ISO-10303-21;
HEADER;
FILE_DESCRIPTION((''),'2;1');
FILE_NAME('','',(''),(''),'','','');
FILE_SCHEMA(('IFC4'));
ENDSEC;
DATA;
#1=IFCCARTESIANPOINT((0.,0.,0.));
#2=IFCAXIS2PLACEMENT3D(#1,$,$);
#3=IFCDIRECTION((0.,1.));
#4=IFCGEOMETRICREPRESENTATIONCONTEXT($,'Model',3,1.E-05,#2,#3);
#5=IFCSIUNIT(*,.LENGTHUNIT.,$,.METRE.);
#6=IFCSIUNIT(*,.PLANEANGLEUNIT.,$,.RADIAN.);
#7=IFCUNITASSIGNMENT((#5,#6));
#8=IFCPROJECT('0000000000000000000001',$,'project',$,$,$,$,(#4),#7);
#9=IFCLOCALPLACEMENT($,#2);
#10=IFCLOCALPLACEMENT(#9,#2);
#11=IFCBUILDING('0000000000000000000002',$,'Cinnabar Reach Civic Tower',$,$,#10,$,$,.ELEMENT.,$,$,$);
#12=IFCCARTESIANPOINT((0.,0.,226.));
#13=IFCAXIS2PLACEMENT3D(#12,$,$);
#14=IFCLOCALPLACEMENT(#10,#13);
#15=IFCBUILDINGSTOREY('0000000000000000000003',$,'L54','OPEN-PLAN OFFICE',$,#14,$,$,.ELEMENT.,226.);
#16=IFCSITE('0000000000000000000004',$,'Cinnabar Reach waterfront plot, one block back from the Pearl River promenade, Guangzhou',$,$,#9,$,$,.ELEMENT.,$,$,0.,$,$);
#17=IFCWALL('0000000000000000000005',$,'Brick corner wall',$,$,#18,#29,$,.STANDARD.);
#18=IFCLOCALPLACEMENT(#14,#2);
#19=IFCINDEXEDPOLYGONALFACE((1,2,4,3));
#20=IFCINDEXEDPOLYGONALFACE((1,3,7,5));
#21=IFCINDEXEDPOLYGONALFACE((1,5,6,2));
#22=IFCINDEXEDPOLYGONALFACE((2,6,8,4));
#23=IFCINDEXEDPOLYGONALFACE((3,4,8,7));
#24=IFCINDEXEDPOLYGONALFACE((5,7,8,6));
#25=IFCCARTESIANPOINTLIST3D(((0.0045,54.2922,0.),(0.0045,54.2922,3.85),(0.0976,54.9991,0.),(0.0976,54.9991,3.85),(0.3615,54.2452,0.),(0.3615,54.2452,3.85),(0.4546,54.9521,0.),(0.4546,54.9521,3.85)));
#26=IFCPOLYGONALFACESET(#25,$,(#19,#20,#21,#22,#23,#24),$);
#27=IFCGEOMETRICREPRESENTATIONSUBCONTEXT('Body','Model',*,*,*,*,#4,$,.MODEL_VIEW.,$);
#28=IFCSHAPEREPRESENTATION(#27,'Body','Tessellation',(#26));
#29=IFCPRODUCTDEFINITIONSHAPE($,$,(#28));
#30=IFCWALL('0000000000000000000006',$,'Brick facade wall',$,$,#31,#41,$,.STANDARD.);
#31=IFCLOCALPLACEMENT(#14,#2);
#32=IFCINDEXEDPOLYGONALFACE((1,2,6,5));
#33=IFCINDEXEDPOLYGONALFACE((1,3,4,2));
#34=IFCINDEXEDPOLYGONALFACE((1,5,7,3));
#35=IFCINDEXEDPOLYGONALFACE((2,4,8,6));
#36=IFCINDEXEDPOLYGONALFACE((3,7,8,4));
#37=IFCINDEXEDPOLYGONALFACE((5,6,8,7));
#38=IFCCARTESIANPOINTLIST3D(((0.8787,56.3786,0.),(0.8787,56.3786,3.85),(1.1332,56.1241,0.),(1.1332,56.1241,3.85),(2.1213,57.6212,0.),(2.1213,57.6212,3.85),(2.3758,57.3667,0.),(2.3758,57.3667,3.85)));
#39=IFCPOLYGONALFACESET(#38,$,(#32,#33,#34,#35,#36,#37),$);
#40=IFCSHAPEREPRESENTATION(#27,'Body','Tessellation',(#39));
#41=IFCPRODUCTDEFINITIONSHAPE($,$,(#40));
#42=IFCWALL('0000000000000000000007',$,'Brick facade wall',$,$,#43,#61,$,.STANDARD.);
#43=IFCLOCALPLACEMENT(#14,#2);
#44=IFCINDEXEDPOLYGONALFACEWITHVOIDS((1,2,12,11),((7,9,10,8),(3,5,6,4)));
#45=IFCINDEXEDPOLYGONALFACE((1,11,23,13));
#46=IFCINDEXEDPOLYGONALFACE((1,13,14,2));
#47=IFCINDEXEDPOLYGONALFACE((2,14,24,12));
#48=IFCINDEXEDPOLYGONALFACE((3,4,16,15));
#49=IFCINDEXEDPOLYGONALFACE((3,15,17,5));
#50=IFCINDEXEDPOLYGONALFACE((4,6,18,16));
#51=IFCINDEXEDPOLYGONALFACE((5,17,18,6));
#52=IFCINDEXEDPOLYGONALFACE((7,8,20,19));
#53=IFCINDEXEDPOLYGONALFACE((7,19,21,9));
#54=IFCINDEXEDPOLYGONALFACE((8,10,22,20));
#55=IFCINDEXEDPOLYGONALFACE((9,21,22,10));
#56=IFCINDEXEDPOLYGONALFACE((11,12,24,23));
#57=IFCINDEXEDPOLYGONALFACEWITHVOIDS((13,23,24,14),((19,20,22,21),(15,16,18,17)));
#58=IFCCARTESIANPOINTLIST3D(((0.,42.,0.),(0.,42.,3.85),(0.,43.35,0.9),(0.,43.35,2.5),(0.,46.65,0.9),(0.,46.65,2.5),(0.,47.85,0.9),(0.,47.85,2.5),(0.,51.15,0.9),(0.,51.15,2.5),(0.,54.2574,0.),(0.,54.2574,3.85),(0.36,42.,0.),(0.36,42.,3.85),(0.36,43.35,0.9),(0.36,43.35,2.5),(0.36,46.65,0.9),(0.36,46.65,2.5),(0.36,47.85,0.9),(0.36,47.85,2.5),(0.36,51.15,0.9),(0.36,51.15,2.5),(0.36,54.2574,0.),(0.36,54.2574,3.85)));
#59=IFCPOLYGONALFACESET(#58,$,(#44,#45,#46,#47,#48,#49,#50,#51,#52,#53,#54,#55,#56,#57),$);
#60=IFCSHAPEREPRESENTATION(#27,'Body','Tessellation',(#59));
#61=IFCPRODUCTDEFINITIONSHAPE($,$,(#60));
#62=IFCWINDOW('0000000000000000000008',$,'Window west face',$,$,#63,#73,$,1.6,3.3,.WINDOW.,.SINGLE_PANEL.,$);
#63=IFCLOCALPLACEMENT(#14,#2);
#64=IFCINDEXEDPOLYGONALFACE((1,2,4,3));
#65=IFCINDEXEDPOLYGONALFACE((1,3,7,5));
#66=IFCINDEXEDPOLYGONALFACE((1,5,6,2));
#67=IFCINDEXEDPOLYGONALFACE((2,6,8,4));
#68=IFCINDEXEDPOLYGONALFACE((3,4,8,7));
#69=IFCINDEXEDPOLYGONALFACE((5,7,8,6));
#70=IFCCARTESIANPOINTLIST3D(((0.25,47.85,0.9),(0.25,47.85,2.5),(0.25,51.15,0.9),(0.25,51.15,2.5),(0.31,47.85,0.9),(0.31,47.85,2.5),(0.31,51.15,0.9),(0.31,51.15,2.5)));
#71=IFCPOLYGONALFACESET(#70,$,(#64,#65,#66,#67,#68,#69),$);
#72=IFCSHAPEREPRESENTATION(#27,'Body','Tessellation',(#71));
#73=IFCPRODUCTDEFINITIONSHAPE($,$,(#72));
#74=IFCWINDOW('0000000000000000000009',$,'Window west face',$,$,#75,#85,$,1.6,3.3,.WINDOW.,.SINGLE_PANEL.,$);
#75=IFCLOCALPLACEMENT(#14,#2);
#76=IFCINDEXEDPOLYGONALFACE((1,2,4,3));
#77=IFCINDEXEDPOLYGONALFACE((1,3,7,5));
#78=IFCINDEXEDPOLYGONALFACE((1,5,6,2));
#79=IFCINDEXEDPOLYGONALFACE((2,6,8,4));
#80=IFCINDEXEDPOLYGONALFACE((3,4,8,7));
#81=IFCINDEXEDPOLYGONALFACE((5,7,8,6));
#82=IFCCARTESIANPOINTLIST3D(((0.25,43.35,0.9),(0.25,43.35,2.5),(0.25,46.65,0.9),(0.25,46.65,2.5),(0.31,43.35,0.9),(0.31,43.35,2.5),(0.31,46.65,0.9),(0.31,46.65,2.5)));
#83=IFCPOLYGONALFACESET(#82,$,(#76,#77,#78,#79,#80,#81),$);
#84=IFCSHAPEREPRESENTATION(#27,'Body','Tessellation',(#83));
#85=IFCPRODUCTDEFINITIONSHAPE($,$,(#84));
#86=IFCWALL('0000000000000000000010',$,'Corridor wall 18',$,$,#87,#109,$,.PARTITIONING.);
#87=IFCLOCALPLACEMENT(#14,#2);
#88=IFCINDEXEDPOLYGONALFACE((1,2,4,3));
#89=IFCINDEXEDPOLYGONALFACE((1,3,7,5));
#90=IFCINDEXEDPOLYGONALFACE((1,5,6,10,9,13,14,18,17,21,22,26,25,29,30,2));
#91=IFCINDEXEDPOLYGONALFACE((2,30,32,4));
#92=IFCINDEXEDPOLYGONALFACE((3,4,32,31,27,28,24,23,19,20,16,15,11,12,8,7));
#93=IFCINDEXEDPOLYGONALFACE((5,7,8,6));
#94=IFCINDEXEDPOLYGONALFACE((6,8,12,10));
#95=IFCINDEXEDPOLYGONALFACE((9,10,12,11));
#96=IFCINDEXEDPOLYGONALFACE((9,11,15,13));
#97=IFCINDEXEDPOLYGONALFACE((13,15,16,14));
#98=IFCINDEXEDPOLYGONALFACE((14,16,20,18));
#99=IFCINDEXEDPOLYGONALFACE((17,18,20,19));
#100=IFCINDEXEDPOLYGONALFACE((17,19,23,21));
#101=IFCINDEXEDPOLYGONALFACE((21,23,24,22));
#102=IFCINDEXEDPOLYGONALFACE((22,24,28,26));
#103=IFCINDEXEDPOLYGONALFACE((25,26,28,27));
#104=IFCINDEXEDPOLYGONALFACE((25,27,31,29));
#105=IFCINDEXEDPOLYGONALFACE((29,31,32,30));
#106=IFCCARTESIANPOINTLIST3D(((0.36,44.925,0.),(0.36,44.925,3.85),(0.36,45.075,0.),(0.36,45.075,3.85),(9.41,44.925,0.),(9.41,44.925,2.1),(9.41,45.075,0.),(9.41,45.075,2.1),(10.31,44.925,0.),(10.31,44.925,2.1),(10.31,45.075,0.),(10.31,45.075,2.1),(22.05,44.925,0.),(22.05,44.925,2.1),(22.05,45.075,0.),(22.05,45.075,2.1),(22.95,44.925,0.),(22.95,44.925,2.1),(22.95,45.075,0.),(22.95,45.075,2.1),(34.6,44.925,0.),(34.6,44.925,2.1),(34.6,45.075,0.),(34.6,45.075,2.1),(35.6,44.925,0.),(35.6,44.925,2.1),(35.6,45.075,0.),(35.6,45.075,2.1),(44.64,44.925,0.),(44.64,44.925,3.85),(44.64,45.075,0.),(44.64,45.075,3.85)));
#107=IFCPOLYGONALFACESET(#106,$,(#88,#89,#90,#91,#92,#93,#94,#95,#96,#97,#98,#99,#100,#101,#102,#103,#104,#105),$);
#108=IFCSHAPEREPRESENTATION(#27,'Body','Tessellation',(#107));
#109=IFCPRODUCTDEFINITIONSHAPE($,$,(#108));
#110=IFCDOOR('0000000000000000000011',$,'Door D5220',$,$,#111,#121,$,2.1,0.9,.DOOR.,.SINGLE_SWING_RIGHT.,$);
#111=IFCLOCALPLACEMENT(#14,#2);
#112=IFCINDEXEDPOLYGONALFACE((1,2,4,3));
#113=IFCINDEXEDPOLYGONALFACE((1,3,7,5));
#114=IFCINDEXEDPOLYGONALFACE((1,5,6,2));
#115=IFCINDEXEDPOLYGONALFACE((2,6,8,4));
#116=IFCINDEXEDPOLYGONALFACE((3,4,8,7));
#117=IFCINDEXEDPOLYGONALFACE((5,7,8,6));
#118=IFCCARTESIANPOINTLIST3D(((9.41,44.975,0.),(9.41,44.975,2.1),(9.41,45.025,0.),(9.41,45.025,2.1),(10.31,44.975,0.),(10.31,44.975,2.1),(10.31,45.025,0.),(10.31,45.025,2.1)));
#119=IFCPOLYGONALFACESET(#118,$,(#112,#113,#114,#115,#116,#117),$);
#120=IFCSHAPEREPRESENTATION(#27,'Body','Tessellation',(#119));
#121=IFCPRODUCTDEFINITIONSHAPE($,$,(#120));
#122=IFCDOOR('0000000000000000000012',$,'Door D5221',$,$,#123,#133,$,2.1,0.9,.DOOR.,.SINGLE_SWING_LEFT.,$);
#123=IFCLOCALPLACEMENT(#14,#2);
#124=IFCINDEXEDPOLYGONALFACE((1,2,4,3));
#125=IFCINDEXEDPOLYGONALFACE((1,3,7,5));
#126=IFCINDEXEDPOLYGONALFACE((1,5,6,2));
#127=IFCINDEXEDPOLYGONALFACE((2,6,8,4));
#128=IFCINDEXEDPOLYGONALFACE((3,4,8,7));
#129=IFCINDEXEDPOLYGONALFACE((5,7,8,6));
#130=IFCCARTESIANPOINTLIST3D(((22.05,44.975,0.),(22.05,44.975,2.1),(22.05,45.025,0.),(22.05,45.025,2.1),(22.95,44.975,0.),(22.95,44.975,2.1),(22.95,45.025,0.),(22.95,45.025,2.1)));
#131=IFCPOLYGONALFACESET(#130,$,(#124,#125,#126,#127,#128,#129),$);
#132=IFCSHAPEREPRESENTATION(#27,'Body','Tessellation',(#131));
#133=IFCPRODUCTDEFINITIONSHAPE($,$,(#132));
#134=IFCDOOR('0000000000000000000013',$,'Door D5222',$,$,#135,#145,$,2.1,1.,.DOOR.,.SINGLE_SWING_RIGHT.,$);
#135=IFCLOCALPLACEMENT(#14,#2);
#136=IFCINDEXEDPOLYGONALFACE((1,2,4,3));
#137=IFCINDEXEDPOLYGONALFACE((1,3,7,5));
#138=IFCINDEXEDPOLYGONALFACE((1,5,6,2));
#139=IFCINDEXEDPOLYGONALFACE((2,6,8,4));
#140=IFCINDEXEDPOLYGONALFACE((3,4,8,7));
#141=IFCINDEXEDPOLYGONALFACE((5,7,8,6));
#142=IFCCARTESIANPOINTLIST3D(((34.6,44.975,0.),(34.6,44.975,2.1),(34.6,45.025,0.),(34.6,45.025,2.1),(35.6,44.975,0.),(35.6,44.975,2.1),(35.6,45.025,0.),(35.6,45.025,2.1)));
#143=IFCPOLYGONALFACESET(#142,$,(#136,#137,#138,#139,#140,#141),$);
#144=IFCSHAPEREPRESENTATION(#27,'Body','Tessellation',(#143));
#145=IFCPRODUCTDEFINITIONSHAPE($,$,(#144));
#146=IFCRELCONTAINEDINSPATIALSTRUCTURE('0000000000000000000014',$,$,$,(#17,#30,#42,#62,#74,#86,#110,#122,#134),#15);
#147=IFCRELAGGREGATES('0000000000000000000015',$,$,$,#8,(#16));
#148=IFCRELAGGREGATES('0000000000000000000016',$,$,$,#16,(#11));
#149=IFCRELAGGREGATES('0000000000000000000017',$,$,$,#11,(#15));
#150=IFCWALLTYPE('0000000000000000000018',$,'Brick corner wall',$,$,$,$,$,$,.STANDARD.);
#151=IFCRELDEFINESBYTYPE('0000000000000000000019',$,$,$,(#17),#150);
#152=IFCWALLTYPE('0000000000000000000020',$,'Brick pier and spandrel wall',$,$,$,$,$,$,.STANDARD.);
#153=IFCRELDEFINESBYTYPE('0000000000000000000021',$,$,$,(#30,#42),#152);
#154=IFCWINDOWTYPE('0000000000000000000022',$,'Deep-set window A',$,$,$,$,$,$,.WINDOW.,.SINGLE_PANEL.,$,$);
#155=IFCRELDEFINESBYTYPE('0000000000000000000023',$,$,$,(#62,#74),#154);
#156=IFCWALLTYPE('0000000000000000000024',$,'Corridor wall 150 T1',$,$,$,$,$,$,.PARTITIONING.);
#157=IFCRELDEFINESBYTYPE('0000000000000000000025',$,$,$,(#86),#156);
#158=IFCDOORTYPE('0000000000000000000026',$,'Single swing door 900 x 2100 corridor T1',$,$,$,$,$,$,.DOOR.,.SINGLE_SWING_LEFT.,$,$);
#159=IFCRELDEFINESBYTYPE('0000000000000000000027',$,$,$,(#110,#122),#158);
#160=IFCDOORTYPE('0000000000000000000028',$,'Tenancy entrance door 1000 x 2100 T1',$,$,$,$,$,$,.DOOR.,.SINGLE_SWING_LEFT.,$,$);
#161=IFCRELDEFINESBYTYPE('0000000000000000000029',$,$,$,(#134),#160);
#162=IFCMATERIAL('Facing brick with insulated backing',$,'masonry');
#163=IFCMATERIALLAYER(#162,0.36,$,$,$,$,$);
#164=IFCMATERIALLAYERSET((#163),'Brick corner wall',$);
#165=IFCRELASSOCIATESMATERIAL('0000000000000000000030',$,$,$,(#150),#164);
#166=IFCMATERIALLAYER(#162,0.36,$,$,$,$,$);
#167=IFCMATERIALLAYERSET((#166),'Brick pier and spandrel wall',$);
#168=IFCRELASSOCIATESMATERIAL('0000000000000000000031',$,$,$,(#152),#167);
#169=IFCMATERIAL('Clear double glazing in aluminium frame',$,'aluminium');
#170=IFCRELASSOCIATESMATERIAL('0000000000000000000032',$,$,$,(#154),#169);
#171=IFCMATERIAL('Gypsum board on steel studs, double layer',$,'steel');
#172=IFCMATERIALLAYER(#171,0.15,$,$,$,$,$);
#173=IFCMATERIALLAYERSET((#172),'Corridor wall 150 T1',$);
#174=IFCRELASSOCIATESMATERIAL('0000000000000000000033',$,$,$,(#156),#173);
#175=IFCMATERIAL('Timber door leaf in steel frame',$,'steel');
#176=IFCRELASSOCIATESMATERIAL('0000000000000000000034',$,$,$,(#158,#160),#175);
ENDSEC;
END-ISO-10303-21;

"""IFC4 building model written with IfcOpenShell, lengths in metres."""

from ifc_helpers import new_model, si_unit, direction, frame, frame_2d, origin, place, context, subcontext, project, spatial, rectangle, extrude, material, layer, layer_set, type_object, element, fill, save


model = new_model("IFC4")

# Units and contexts
model_context = context("Model", 3, precision=1e-05, world=origin(), true_north=direction((0.0, 1.0)))
body_context = subcontext(model_context, "Body", "Model", "MODEL_VIEW")
ifc_project = project(units=[si_unit("LENGTHUNIT", "METRE"), si_unit("PLANEANGLEUNIT", "RADIAN")], contexts=[model_context])

# Site, building, storey
site_placement = place(None, origin())
site = spatial("IfcSite", under=ifc_project, at=site_placement, Name="Cinnabar Reach waterfront plot, one block back from the Pearl River promenade, Guangzhou", CompositionType="ELEMENT", RefElevation=0.0)
building_placement = place(site_placement, origin())
building = spatial("IfcBuilding", under=site, at=building_placement, Name="Cinnabar Reach Civic Tower", CompositionType="ELEMENT")
storey_placement = place(building_placement, frame((0.0, 0.0, 226.0)))
storey = spatial("IfcBuildingStorey", under=building, at=storey_placement, Name="L54", Description="OPEN-PLAN OFFICE", CompositionType="ELEMENT", Elevation=226.0)

# Walls
ifc_material_1 = material(Name="Facing brick with insulated backing", Category="masonry")
ifc_layer_1 = layer(ifc_material_1, 0.36)
ifc_layer_set_1 = layer_set([ifc_layer_1], Name="Brick corner wall")
wall_type_1 = type_object("IfcWallType", Name="Brick corner wall", PredefinedType="STANDARD", material=ifc_layer_set_1)
for number, where, z_axis, x_axis, name in (
    (1, (0.2761, 54.9756, 0.0), (0.0, 0.0, 1.0), (-0.130556, -0.991441, 0.0), "Brick corner wall"),
):
    element("IfcWall", number, at=place(storey_placement, frame(where, z_axis=z_axis, x_axis=x_axis)), inside=storey, type_object=wall_type_1, Name=name, PredefinedType="STANDARD", context=body_context, shape_type="SweptSolid", body=[
        extrude(rectangle(XDim=0.7131, YDim=0.36, at=frame_2d((0.3565, 0.0))), origin(), (0.0, 0.0, 1.0), 3.85),
    ])
ifc_layer_2 = layer(ifc_material_1, 0.36)
ifc_layer_set_2 = layer_set([ifc_layer_2], Name="Brick pier and spandrel wall")
wall_type_2 = type_object("IfcWallType", Name="Brick pier and spandrel wall", PredefinedType="STANDARD", material=ifc_layer_set_2)
wall_1_placement = place(storey_placement, frame((2.2486, 57.494, 0.0), z_axis=(0.0, 0.0, 1.0), x_axis=(-0.707107, -0.707107, 0.0)))
element("IfcWall", 2, at=wall_1_placement, inside=storey, type_object=wall_type_2, Name="Brick facade wall", PredefinedType="STANDARD", context=body_context, shape_type="SweptSolid", body=[
    extrude(rectangle(XDim=1.7573, YDim=0.36, at=frame_2d((0.8787, 0.0))), origin(), (0.0, 0.0, 1.0), 3.85),
])

# Wall, openings, windows
wall_2_placement = place(storey_placement, frame((0.18, 54.2574, 0.0), z_axis=(0.0, 0.0, 1.0), x_axis=(0.0, -1.0, 0.0)))
wall_2 = element("IfcWall", 3, at=wall_2_placement, inside=storey, type_object=wall_type_2, Name="Brick facade wall", PredefinedType="STANDARD", context=body_context, shape_type="SweptSolid", body=[
    extrude(rectangle(XDim=12.2574, YDim=0.36, at=frame_2d((6.1287, 0.0))), origin(), (0.0, 0.0, 1.0), 3.85),
])
opening_1_placement = place(wall_2_placement, frame((3.1074, 0.0, 0.9)))
opening_1 = element("IfcOpeningElement", 4, at=opening_1_placement, cuts=wall_2, PredefinedType="OPENING", context=body_context, shape_type="SweptSolid", body=[
    extrude(rectangle(XDim=3.3, YDim=1.6, at=frame_2d((1.65, 0.8))), frame((0.0, 0.19, 0.0), z_axis=(0.0, -1.0, 0.0), x_axis=(1.0, 0.0, 0.0)), (0.0, 0.0, 1.0), 0.38),
])
opening_2_placement = place(wall_2_placement, frame((7.6074, 0.0, 0.9)))
opening_2 = element("IfcOpeningElement", 5, at=opening_2_placement, cuts=wall_2, PredefinedType="OPENING", context=body_context, shape_type="SweptSolid", body=[
    extrude(rectangle(XDim=3.3, YDim=1.6, at=frame_2d((1.65, 0.8))), frame((0.0, 0.19, 0.0), z_axis=(0.0, -1.0, 0.0), x_axis=(1.0, 0.0, 0.0)), (0.0, 0.0, 1.0), 0.38),
])
ifc_material_2 = material(Name="Clear double glazing in aluminium frame", Category="aluminium")
window_type = type_object("IfcWindowType", Name="Deep-set window A", PartitioningType="SINGLE_PANEL", PredefinedType="WINDOW", material=ifc_material_2)
window_1_placement = place(opening_1_placement, origin())
window_1 = element("IfcWindow", 6, at=window_1_placement, inside=storey, type_object=window_type, Name="Window west face", OverallHeight=1.6, OverallWidth=3.3, PartitioningType="SINGLE_PANEL", PredefinedType="WINDOW", context=body_context, shape_type="SweptSolid", body=[
    extrude(rectangle(XDim=3.3, YDim=1.6, at=frame_2d((1.65, 0.8))), frame((0.0, 0.13, 0.0), z_axis=(0.0, -1.0, 0.0), x_axis=(1.0, 0.0, 0.0)), (0.0, 0.0, 1.0), 0.06),
])
fill(opening_1, window_1)
window_2_placement = place(opening_2_placement, origin())
window_2 = element("IfcWindow", 7, at=window_2_placement, inside=storey, type_object=window_type, Name="Window west face", OverallHeight=1.6, OverallWidth=3.3, PartitioningType="SINGLE_PANEL", PredefinedType="WINDOW", context=body_context, shape_type="SweptSolid", body=[
    extrude(rectangle(XDim=3.3, YDim=1.6, at=frame_2d((1.65, 0.8))), frame((0.0, 0.13, 0.0), z_axis=(0.0, -1.0, 0.0), x_axis=(1.0, 0.0, 0.0)), (0.0, 0.0, 1.0), 0.06),
])
fill(opening_2, window_2)

# Wall, openings, doors
ifc_material_3 = material(Name="Gypsum board on steel studs, double layer", Category="steel")
ifc_layer_3 = layer(ifc_material_3, 0.15)
ifc_layer_set_3 = layer_set([ifc_layer_3], Name="Corridor wall 150 T1")
wall_type_3 = type_object("IfcWallType", Name="Corridor wall 150 T1", PredefinedType="PARTITIONING", material=ifc_layer_set_3)
wall_3_placement = place(storey_placement, frame((0.36, 45.0, 0.0), z_axis=(0.0, 0.0, 1.0), x_axis=(1.0, 0.0, 0.0)))
wall_3 = element("IfcWall", 8, at=wall_3_placement, inside=storey, type_object=wall_type_3, Name="Corridor wall 18", PredefinedType="PARTITIONING", context=body_context, shape_type="SweptSolid", body=[
    extrude(rectangle(XDim=44.28, YDim=0.15, at=frame_2d((22.14, 0.0))), origin(), (0.0, 0.0, 1.0), 3.85),
])
opening_3_placement = place(wall_3_placement, frame((9.05, 0.0, 0.0)))
opening_3 = element("IfcOpeningElement", 9, at=opening_3_placement, cuts=wall_3, PredefinedType="OPENING", context=body_context, shape_type="SweptSolid", body=[
    extrude(rectangle(XDim=0.9, YDim=2.1, at=frame_2d((0.45, 1.05))), frame((0.0, 0.085, 0.0), z_axis=(0.0, -1.0, 0.0), x_axis=(1.0, 0.0, 0.0)), (0.0, 0.0, 1.0), 0.17),
])
opening_4_placement = place(wall_3_placement, frame((21.69, 0.0, 0.0)))
opening_4 = element("IfcOpeningElement", 10, at=opening_4_placement, cuts=wall_3, PredefinedType="OPENING", context=body_context, shape_type="SweptSolid", body=[
    extrude(rectangle(XDim=0.9, YDim=2.1, at=frame_2d((0.45, 1.05))), frame((0.0, 0.085, 0.0), z_axis=(0.0, -1.0, 0.0), x_axis=(1.0, 0.0, 0.0)), (0.0, 0.0, 1.0), 0.17),
])
opening_5_placement = place(wall_3_placement, frame((34.24, 0.0, 0.0)))
opening_5 = element("IfcOpeningElement", 11, at=opening_5_placement, cuts=wall_3, PredefinedType="OPENING", context=body_context, shape_type="SweptSolid", body=[
    extrude(rectangle(XDim=1.0, YDim=2.1, at=frame_2d((0.5, 1.05))), frame((0.0, 0.085, 0.0), z_axis=(0.0, -1.0, 0.0), x_axis=(1.0, 0.0, 0.0)), (0.0, 0.0, 1.0), 0.17),
])
ifc_material_4 = material(Name="Timber door leaf in steel frame", Category="steel")
door_type_1 = type_object("IfcDoorType", Name="Single swing door 900 x 2100 corridor T1", OperationType="SINGLE_SWING_LEFT", PredefinedType="DOOR", material=ifc_material_4)
door_1_placement = place(opening_3_placement, origin())
door_1 = element("IfcDoor", 12, at=door_1_placement, inside=storey, type_object=door_type_1, Name="Door D5220", OperationType="SINGLE_SWING_RIGHT", OverallHeight=2.1, OverallWidth=0.9, PredefinedType="DOOR", context=body_context, shape_type="SweptSolid", body=[
    extrude(rectangle(XDim=0.9, YDim=2.1, at=frame_2d((0.45, 1.05))), frame((0.0, 0.025, 0.0), z_axis=(0.0, -1.0, 0.0), x_axis=(1.0, 0.0, 0.0)), (0.0, 0.0, 1.0), 0.05),
])
fill(opening_3, door_1)
door_2_placement = place(opening_4_placement, origin())
door_2 = element("IfcDoor", 13, at=door_2_placement, inside=storey, type_object=door_type_1, Name="Door D5221", OperationType="SINGLE_SWING_LEFT", OverallHeight=2.1, OverallWidth=0.9, PredefinedType="DOOR", context=body_context, shape_type="SweptSolid", body=[
    extrude(rectangle(XDim=0.9, YDim=2.1, at=frame_2d((0.45, 1.05))), frame((0.0, 0.025, 0.0), z_axis=(0.0, -1.0, 0.0), x_axis=(1.0, 0.0, 0.0)), (0.0, 0.0, 1.0), 0.05),
])
fill(opening_4, door_2)
door_type_2 = type_object("IfcDoorType", Name="Tenancy entrance door 1000 x 2100 T1", OperationType="SINGLE_SWING_LEFT", PredefinedType="DOOR", material=ifc_material_4)
door_3_placement = place(opening_5_placement, origin())
door_3 = element("IfcDoor", 14, at=door_3_placement, inside=storey, type_object=door_type_2, Name="Door D5222", OperationType="SINGLE_SWING_RIGHT", OverallHeight=2.1, OverallWidth=1.0, PredefinedType="DOOR", context=body_context, shape_type="SweptSolid", body=[
    extrude(rectangle(XDim=1.0, YDim=2.1, at=frame_2d((0.5, 1.05))), frame((0.0, 0.025, 0.0), z_axis=(0.0, -1.0, 0.0), x_axis=(1.0, 0.0, 0.0)), (0.0, 0.0, 1.0), 0.05),
])
fill(opening_5, door_3)

save(model, "model.ifc")
